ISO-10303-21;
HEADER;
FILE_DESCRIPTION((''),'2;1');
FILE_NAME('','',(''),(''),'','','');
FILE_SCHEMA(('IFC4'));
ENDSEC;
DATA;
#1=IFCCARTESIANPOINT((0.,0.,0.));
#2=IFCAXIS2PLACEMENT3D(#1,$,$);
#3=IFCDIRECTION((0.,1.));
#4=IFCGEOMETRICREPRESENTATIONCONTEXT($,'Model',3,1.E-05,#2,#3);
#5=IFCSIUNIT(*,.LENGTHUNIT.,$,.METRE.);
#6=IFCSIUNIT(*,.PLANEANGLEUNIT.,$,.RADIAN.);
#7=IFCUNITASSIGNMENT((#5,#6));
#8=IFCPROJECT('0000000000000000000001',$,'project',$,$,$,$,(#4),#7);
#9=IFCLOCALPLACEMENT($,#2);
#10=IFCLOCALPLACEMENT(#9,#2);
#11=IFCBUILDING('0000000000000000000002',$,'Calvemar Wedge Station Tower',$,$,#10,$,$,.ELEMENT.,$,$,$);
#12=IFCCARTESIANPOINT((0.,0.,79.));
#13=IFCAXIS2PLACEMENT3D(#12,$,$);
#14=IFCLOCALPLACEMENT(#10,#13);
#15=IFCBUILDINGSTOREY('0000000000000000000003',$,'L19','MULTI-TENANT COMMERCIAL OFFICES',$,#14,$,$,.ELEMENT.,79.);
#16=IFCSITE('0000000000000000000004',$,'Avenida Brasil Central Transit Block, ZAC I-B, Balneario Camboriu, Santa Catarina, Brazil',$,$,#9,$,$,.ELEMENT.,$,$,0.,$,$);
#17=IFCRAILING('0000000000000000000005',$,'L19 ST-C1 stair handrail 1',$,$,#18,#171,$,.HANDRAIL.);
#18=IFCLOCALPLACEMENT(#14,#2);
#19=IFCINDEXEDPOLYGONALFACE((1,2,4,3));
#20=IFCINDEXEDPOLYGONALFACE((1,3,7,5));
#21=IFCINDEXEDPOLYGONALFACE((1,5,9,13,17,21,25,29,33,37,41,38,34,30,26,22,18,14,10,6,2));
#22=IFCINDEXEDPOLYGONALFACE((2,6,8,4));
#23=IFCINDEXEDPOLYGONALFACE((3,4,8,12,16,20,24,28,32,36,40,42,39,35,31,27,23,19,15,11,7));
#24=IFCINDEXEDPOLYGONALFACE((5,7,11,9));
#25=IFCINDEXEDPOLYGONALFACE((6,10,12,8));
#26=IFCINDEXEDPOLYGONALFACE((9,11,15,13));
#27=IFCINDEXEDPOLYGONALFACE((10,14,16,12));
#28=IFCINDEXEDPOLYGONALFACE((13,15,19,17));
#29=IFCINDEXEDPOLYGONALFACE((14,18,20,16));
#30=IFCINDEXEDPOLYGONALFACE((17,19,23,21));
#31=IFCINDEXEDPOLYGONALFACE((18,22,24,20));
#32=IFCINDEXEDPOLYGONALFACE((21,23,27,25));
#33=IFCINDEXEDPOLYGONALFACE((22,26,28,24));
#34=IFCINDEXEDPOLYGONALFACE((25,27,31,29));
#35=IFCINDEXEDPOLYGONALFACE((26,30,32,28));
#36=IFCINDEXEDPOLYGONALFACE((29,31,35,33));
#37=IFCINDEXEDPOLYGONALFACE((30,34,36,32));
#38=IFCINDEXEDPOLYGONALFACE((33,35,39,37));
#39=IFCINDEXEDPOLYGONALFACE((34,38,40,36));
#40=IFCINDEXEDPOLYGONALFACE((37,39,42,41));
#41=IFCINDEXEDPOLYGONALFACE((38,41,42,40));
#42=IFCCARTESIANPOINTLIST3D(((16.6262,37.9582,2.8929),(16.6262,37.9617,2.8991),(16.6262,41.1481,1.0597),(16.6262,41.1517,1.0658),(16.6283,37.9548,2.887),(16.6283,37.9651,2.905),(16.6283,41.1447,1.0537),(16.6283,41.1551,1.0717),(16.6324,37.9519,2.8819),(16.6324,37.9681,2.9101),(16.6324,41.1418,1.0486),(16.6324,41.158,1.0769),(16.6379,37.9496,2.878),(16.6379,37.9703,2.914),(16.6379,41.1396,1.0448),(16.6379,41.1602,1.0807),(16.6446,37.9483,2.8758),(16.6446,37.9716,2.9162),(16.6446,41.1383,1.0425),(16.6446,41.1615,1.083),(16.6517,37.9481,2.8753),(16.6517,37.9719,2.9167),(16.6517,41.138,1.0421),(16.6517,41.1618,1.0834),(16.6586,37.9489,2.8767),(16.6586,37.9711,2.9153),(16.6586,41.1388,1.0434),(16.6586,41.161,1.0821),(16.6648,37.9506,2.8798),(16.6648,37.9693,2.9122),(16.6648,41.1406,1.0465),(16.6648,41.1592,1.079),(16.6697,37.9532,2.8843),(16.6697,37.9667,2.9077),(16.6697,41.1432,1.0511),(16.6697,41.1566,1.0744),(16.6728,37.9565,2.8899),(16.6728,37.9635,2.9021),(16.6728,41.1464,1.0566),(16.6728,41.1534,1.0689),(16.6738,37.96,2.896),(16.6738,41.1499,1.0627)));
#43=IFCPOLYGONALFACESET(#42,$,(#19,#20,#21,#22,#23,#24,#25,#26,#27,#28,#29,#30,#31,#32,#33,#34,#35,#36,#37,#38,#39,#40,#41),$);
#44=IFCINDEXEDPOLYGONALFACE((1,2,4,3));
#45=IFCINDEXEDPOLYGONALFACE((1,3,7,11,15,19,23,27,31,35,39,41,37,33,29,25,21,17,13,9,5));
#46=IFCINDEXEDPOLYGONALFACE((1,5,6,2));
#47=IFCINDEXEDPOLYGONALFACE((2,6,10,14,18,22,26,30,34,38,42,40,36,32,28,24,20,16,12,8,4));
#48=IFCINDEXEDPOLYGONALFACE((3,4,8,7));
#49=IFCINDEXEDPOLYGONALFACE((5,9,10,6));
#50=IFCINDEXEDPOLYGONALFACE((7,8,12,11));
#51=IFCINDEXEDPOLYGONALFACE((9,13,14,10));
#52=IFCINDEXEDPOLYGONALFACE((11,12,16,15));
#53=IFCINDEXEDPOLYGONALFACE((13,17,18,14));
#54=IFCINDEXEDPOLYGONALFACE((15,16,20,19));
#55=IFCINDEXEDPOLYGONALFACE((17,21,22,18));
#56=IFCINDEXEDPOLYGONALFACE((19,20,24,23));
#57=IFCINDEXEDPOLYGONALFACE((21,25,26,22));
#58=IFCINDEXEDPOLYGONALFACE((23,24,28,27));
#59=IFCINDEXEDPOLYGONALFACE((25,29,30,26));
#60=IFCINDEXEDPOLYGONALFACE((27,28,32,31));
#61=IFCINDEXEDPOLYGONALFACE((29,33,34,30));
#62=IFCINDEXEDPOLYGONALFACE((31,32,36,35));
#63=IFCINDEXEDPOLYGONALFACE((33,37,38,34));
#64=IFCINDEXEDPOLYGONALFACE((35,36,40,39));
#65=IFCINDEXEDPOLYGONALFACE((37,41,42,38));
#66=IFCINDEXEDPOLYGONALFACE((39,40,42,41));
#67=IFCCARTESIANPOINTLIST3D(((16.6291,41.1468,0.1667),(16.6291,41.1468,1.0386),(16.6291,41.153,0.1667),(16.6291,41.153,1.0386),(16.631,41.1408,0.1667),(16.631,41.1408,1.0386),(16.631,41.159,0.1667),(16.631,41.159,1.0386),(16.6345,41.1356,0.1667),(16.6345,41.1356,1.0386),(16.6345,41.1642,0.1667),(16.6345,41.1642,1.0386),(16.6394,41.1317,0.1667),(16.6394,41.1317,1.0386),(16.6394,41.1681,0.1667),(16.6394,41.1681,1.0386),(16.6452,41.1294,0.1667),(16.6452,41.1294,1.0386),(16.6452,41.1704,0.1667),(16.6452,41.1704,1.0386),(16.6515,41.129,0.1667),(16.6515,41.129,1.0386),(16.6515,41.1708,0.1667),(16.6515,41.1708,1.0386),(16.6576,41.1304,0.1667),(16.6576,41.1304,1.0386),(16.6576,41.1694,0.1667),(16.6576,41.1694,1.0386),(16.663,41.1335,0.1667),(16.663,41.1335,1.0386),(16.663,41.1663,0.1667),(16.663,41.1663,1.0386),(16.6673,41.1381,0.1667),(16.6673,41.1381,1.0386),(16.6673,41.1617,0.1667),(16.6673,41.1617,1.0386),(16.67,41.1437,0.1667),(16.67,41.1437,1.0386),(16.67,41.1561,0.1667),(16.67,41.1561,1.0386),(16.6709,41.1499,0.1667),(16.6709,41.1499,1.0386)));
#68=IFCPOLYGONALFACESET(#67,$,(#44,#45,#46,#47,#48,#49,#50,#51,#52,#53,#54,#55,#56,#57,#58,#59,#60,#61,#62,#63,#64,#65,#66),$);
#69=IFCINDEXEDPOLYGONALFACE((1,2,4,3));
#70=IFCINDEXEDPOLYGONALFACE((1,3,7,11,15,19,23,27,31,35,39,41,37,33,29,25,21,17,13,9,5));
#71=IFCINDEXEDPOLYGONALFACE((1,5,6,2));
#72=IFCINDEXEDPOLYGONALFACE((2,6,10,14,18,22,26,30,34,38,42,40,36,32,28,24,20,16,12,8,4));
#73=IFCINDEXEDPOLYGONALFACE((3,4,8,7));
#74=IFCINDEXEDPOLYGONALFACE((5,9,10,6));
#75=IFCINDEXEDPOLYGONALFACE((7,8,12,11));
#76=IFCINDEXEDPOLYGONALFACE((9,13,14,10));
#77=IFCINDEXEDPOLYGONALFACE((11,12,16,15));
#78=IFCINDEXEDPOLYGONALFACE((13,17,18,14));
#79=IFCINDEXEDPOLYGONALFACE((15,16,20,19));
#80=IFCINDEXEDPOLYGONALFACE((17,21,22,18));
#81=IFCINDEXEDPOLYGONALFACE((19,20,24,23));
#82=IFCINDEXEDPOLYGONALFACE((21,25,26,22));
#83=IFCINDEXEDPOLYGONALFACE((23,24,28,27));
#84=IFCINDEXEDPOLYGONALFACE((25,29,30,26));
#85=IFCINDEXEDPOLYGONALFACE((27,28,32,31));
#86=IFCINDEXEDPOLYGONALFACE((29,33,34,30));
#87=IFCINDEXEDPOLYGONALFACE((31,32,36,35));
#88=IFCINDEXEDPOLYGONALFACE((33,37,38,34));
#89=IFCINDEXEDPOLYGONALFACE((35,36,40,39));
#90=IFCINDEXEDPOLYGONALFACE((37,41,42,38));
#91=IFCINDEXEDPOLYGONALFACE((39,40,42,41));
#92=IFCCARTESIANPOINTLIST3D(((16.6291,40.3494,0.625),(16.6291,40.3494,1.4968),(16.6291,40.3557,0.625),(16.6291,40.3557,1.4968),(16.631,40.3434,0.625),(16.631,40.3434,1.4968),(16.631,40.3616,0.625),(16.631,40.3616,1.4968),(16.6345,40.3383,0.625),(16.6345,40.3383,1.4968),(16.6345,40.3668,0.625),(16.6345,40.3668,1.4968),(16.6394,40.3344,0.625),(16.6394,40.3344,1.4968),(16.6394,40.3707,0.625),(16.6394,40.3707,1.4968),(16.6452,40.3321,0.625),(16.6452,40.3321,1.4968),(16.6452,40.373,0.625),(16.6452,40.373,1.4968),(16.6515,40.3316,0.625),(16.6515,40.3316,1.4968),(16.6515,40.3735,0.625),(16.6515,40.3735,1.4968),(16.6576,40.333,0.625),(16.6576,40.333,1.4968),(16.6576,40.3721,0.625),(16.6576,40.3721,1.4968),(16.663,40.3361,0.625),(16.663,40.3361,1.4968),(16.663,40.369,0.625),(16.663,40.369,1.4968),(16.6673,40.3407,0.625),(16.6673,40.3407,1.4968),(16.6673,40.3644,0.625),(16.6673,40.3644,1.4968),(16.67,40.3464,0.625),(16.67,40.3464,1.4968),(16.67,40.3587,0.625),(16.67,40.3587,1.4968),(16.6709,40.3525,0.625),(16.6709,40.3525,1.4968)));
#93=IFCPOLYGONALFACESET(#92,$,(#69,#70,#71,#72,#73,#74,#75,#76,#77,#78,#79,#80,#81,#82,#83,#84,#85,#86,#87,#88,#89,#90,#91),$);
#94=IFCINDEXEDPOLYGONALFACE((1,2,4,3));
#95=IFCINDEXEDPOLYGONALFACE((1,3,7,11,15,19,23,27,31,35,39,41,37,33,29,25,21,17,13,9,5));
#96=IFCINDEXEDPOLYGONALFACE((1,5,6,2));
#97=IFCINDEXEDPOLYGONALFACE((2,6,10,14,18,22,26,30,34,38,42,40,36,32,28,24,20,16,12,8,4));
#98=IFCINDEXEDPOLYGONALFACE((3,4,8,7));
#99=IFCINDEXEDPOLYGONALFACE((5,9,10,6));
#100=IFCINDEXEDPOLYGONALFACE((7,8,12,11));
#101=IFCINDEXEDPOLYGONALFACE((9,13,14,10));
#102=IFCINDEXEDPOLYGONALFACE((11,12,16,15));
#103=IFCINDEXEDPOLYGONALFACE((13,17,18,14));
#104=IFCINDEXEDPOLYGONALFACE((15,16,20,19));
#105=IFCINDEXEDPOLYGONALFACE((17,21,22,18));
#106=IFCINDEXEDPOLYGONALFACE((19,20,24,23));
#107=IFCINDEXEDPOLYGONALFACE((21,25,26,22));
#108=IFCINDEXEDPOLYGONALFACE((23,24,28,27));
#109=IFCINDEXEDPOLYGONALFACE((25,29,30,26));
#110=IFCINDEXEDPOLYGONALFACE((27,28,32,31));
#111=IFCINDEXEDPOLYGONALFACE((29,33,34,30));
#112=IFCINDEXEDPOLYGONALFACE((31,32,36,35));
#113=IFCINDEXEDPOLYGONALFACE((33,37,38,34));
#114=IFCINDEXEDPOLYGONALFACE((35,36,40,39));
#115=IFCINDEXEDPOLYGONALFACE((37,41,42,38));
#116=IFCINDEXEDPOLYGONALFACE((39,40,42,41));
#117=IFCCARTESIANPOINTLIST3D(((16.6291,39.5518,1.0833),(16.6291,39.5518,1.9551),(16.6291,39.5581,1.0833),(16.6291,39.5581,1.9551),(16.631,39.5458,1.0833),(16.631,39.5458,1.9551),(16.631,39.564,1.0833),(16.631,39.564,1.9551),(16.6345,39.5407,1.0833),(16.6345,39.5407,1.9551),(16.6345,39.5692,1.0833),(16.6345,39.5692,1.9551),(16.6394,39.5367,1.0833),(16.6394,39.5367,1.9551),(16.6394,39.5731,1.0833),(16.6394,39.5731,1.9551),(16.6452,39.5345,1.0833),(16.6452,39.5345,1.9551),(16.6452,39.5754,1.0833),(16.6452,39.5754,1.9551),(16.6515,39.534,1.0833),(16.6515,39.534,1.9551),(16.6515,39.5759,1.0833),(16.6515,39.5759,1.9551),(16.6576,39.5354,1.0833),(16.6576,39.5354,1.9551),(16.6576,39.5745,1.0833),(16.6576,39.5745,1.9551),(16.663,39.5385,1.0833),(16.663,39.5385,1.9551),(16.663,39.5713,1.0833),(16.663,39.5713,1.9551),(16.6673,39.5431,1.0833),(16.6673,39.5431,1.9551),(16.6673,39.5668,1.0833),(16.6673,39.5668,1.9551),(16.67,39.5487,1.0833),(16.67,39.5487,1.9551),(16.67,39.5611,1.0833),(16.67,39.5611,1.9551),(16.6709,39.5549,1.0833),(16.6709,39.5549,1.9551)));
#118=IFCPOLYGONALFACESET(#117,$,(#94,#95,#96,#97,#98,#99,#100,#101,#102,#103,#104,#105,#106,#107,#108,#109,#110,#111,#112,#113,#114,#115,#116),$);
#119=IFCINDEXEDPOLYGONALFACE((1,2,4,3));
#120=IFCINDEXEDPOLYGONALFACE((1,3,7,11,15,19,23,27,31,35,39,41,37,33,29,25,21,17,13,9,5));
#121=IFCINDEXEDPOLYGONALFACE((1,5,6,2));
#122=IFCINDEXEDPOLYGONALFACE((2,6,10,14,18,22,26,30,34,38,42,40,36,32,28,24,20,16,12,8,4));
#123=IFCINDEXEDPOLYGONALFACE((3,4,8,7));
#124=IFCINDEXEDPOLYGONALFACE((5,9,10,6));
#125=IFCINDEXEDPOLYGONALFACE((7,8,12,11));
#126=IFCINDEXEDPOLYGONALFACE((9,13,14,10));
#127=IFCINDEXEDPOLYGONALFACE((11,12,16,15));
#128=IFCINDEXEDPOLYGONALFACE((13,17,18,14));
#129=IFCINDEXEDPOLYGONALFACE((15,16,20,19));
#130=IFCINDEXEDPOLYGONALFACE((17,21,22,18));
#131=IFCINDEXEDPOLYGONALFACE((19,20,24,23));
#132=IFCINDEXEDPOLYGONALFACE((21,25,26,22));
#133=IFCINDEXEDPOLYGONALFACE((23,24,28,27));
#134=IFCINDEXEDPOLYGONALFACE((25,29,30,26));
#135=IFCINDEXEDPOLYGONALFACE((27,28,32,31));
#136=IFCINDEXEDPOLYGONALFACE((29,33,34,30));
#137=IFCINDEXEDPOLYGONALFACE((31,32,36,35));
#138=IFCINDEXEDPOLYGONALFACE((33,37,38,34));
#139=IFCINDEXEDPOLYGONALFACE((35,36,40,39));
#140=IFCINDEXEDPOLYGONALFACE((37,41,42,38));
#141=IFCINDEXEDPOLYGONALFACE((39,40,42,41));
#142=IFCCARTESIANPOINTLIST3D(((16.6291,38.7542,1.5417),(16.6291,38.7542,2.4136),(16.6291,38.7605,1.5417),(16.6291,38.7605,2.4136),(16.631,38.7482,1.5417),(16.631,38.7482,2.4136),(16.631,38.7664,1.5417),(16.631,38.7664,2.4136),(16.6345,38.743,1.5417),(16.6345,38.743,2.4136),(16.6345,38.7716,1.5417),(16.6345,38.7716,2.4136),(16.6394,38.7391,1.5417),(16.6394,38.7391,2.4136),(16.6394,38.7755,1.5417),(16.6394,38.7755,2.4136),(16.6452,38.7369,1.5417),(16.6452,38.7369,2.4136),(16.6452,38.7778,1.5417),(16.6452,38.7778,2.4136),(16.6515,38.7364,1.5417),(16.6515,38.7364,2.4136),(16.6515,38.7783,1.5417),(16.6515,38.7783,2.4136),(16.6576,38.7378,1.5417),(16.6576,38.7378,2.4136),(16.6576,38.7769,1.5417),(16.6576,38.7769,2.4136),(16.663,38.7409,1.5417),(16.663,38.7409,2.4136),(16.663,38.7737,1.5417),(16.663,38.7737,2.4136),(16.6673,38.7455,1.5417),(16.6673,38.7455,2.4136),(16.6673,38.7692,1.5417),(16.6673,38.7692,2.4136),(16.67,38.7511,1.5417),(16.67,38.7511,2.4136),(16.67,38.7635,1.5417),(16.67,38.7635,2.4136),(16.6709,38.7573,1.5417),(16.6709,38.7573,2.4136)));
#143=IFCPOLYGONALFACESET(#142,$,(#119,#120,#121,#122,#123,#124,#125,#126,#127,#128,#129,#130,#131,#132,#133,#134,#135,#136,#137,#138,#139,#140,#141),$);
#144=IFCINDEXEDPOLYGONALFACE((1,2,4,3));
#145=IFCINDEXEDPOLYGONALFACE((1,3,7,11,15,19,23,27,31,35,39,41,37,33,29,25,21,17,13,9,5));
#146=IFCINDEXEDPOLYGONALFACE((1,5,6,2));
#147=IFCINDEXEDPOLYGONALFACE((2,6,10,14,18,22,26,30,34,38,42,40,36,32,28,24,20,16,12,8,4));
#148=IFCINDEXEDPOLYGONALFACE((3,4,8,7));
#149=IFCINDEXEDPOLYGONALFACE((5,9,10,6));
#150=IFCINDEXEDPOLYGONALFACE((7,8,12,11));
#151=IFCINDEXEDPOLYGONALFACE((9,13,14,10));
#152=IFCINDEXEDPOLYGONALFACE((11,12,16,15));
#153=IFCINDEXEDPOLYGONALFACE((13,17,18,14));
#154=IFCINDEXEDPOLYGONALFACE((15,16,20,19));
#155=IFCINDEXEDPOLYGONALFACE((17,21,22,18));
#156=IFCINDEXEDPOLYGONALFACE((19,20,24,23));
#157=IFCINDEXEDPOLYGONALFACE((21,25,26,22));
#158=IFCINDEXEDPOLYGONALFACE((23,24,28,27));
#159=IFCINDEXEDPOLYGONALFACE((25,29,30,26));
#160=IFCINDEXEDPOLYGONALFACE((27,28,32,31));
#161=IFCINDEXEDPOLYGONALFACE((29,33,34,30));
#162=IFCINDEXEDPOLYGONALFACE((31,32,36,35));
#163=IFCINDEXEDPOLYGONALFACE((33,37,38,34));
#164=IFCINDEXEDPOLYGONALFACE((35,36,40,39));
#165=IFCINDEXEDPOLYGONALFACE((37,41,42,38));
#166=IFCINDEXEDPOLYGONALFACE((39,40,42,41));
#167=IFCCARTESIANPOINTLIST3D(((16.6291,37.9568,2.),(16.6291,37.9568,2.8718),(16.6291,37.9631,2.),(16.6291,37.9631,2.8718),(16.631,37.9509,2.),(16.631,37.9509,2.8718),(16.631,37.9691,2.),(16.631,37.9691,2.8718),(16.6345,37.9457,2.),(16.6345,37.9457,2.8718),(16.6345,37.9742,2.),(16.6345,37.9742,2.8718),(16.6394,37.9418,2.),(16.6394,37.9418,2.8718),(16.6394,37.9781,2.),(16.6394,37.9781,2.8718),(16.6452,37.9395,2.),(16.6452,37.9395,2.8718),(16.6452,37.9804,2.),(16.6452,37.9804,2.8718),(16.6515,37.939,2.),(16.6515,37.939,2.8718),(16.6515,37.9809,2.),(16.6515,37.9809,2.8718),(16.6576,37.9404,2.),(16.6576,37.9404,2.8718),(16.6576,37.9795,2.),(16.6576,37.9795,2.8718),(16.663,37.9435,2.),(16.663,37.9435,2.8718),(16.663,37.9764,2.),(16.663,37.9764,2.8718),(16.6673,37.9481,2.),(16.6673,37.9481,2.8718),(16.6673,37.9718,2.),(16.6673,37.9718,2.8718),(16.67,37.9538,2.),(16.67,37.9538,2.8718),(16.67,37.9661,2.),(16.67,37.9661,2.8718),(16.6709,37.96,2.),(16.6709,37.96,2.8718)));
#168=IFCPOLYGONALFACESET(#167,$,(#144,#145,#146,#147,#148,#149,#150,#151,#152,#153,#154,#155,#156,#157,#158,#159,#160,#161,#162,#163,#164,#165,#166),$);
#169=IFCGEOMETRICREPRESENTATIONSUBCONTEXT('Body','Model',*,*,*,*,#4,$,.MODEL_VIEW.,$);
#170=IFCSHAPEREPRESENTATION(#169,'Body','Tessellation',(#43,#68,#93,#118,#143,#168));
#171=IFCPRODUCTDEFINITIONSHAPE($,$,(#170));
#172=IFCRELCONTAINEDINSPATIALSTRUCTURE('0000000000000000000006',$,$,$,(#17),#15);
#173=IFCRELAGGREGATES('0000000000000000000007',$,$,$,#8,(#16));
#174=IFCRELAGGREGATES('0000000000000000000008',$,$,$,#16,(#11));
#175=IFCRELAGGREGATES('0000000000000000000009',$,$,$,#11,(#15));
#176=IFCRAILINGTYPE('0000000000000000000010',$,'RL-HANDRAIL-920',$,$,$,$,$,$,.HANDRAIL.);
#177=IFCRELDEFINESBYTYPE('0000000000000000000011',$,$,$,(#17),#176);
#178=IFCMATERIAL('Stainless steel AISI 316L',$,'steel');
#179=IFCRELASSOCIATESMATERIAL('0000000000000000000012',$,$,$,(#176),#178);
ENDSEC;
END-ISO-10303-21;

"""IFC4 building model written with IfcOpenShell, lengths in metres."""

from ifc_helpers import new_model, si_unit, direction, frame, origin, origin_2d, place, context, subcontext, project, spatial, circle, extrude, material, type_object, element, save


model = new_model("IFC4")

# Units and contexts
model_context = context("Model", 3, precision=1e-05, world=origin(), true_north=direction((0.0, 1.0)))
body_context = subcontext(model_context, "Body", "Model", "MODEL_VIEW")
ifc_project = project(units=[si_unit("LENGTHUNIT", "METRE"), si_unit("PLANEANGLEUNIT", "RADIAN")], contexts=[model_context])

# Site, building, storey
site_placement = place(None, origin())
site = spatial("IfcSite", under=ifc_project, at=site_placement, Name="Avenida Brasil Central Transit Block, ZAC I-B, Balneario Camboriu, Santa Catarina, Brazil", CompositionType="ELEMENT", RefElevation=0.0)
building_placement = place(site_placement, origin())
building = spatial("IfcBuilding", under=site, at=building_placement, Name="Calvemar Wedge Station Tower", CompositionType="ELEMENT")
storey_placement = place(building_placement, frame((0.0, 0.0, 79.0)))
storey = spatial("IfcBuildingStorey", under=building, at=storey_placement, Name="L19", Description="MULTI-TENANT COMMERCIAL OFFICES", CompositionType="ELEMENT", Elevation=79.0)

# Railing
ifc_material_1 = material(Name="Stainless steel AISI 316L", Category="steel")
railing_type_1 = type_object("IfcRailingType", Name="RL-HANDRAIL-920", PredefinedType="HANDRAIL", material=ifc_material_1)
railing_1_placement = place(storey_placement, frame((16.6499, 41.1499, 0.1667)))
element("IfcRailing", 1, at=railing_1_placement, inside=storey, type_object=railing_type_1, Name="L19 ST-C1 stair handrail 1", PredefinedType="HANDRAIL", context=body_context, shape_type="SweptSolid", body=[
    extrude(circle(Radius=0.0239, at=origin_2d()), frame((0.0, 0.0, 0.896), z_axis=(0.0, -0.86702, 0.498274), x_axis=(1.0, 0.0, 0.0)), (0.0, 0.0, 1.0), 3.6792),
    extrude(circle(Radius=0.021, at=origin_2d()), origin(), (0.0, 0.0, 1.0), 0.8718),
    extrude(circle(Radius=0.021, at=origin_2d()), frame((0.0, -0.7974, 0.4583)), (0.0, 0.0, 1.0), 0.8718),
    extrude(circle(Radius=0.021, at=origin_2d()), frame((0.0, -1.595, 0.9165)), (0.0, 0.0, 1.0), 0.8718),
    extrude(circle(Radius=0.021, at=origin_2d()), frame((0.0, -2.3926, 1.375)), (0.0, 0.0, 1.0), 0.8718),
    extrude(circle(Radius=0.021, at=origin_2d()), frame((0.0, -3.1899, 1.8333)), (0.0, 0.0, 1.0), 0.8718),
])

save(model, "model.ifc")
